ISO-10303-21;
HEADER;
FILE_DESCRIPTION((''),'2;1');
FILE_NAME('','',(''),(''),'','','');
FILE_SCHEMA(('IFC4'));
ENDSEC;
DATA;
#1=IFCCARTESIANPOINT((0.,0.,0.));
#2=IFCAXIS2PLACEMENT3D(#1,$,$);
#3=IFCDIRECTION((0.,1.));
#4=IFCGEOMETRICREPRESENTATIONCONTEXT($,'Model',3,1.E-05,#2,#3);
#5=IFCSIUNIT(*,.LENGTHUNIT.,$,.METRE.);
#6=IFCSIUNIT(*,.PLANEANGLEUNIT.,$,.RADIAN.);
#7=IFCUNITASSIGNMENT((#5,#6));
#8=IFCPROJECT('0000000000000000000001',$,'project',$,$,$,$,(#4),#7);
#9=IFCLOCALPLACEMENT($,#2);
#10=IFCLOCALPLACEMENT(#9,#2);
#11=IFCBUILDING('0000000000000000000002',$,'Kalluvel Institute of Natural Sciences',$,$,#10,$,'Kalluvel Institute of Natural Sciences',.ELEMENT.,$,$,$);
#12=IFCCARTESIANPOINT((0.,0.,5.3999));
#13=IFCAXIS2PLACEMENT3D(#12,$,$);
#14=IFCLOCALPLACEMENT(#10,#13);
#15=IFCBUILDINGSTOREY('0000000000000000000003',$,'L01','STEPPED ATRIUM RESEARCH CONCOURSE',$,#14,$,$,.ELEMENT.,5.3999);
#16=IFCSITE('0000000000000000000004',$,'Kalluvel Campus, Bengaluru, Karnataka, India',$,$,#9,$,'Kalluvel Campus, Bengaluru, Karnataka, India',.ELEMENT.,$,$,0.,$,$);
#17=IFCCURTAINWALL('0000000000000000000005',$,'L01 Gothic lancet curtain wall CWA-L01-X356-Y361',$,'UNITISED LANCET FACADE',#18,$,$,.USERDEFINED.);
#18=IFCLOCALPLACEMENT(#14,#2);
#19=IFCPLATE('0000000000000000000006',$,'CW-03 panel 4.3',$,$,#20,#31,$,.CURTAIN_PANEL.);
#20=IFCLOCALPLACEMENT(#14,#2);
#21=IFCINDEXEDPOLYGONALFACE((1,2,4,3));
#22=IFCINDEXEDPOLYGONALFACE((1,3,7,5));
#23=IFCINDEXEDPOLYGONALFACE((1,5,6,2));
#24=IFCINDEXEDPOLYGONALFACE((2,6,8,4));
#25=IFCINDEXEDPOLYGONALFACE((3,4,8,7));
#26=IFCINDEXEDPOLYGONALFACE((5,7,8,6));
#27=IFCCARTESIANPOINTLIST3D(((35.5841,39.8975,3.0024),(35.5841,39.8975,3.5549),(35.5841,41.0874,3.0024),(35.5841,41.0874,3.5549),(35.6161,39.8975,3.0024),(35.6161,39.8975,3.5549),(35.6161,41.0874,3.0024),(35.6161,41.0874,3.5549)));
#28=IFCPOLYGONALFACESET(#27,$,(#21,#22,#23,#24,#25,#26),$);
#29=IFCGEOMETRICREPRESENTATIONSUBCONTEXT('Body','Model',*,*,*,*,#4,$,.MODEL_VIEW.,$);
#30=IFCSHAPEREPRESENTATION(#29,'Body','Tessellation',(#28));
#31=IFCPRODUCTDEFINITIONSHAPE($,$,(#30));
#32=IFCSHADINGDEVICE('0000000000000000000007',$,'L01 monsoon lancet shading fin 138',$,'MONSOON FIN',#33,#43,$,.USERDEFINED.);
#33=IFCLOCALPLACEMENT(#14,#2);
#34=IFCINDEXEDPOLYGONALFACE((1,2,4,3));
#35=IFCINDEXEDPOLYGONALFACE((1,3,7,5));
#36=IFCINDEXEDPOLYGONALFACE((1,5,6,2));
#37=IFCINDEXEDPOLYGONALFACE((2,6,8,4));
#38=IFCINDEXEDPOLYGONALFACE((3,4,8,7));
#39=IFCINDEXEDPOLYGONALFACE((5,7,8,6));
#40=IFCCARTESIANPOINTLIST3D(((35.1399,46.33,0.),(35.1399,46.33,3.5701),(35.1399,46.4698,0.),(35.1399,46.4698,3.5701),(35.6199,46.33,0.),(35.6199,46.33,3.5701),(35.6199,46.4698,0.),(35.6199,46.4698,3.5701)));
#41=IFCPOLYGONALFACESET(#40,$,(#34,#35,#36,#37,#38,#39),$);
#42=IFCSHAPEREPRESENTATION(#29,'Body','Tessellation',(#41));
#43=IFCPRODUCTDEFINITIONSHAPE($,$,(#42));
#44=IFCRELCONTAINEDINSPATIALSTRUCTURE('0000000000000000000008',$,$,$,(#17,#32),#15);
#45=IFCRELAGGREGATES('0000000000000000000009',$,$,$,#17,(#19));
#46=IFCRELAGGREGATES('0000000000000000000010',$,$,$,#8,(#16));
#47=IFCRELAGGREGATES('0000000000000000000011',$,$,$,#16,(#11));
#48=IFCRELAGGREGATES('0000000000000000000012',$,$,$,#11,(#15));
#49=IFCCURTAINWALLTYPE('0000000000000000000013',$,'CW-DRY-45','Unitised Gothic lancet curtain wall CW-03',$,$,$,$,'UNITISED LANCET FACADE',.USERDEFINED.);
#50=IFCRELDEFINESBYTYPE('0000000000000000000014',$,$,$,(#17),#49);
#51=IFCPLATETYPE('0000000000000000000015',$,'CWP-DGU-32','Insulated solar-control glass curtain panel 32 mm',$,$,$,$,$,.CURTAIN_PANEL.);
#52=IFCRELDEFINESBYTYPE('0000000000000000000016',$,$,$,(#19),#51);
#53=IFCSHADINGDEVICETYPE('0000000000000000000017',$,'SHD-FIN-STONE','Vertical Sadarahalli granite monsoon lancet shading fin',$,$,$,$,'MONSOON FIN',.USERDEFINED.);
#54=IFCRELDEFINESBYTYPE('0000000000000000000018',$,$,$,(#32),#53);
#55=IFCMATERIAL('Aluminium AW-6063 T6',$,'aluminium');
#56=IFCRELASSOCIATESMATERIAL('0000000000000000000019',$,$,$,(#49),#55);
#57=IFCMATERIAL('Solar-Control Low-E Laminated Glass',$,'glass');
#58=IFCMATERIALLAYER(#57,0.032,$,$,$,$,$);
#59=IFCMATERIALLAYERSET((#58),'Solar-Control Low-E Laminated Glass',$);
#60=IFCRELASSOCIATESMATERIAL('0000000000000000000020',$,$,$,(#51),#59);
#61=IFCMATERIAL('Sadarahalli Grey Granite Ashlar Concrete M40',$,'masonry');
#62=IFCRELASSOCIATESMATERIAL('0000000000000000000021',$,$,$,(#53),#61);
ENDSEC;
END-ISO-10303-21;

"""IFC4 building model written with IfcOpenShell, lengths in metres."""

from ifc_helpers import new_model, si_unit, direction, frame, origin, origin_2d, place, context, subcontext, project, spatial, rectangle, extrude, material, layer, layer_set, type_object, element, aggregate, save


model = new_model("IFC4")

# Units and contexts
model_context = context("Model", 3, precision=1e-05, world=origin(), true_north=direction((0.0, 1.0)))
body_context = subcontext(model_context, "Body", "Model", "MODEL_VIEW")
ifc_project = project(units=[si_unit("LENGTHUNIT", "METRE"), si_unit("PLANEANGLEUNIT", "RADIAN")], contexts=[model_context])

# Site, building, storey
site_placement = place(None, origin())
site = spatial("IfcSite", under=ifc_project, at=site_placement, Name="Kalluvel Campus, Bengaluru, Karnataka, India", LongName="Kalluvel Campus, Bengaluru, Karnataka, India", CompositionType="ELEMENT", RefElevation=0.0)
building_placement = place(site_placement, origin())
building = spatial("IfcBuilding", under=site, at=building_placement, Name="Kalluvel Institute of Natural Sciences", LongName="Kalluvel Institute of Natural Sciences", CompositionType="ELEMENT")
storey_placement = place(building_placement, frame((0.0, 0.0, 5.3999)))
storey = spatial("IfcBuildingStorey", under=building, at=storey_placement, Name="L01", Description="STEPPED ATRIUM RESEARCH CONCOURSE", CompositionType="ELEMENT", Elevation=5.3999)

# Curtain wall, plate
ifc_material_1 = material(Name="Aluminium AW-6063 T6", Category="aluminium")
curtain_wall_type = type_object("IfcCurtainWallType", Name="CW-DRY-45", Description="Unitised Gothic lancet curtain wall CW-03", ElementType="UNITISED LANCET FACADE", PredefinedType="USERDEFINED", material=ifc_material_1)
curtain_wall_placement = place(storey_placement, origin())
curtain_wall = element("IfcCurtainWall", 1, at=curtain_wall_placement, inside=storey, type_object=curtain_wall_type, Name="L01 Gothic lancet curtain wall CWA-L01-X356-Y361", ObjectType="UNITISED LANCET FACADE", PredefinedType="USERDEFINED")
ifc_material_2 = material(Name="Solar-Control Low-E Laminated Glass", Category="glass")
ifc_layer = layer(ifc_material_2, 0.032)
ifc_layer_set = layer_set([ifc_layer], Name="Solar-Control Low-E Laminated Glass")
plate_type = type_object("IfcPlateType", Name="CWP-DGU-32", Description="Insulated solar-control glass curtain panel 32 mm", PredefinedType="CURTAIN_PANEL", material=ifc_layer_set)
plate_1_placement = place(storey_placement, frame((35.6001, 40.4924, 3.0024), z_axis=(0.0, 0.0, 1.0), x_axis=(0.0, 1.0, 0.0)))
plate_1 = element("IfcPlate", 2, at=plate_1_placement, type_object=plate_type, Name="CW-03 panel 4.3", PredefinedType="CURTAIN_PANEL", context=body_context, shape_type="SweptSolid", body=[
    extrude(rectangle(XDim=1.1899, YDim=0.032, at=origin_2d()), origin(), (0.0, 0.0, 1.0), 0.5525),
])
aggregate(curtain_wall, [plate_1])

# Shading device
ifc_material_3 = material(Name="Sadarahalli Grey Granite Ashlar Concrete M40", Category="masonry")
shading_device_type = type_object("IfcShadingDeviceType", Name="SHD-FIN-STONE", Description="Vertical Sadarahalli granite monsoon lancet shading fin", ElementType="MONSOON FIN", PredefinedType="USERDEFINED", material=ifc_material_3)
shading_device_placement = place(storey_placement, frame((35.3799, 46.3999, 0.0), z_axis=(0.0, 0.0, 1.0), x_axis=(0.0, 1.0, 0.0)))
element("IfcShadingDevice", 3, at=shading_device_placement, inside=storey, type_object=shading_device_type, Name="L01 monsoon lancet shading fin 138", ObjectType="MONSOON FIN", PredefinedType="USERDEFINED", context=body_context, shape_type="SweptSolid", body=[
    extrude(rectangle(XDim=0.1399, YDim=0.48, at=origin_2d()), origin(), (0.0, 0.0, 1.0), 3.5701),
])

save(model, "model.ifc")
